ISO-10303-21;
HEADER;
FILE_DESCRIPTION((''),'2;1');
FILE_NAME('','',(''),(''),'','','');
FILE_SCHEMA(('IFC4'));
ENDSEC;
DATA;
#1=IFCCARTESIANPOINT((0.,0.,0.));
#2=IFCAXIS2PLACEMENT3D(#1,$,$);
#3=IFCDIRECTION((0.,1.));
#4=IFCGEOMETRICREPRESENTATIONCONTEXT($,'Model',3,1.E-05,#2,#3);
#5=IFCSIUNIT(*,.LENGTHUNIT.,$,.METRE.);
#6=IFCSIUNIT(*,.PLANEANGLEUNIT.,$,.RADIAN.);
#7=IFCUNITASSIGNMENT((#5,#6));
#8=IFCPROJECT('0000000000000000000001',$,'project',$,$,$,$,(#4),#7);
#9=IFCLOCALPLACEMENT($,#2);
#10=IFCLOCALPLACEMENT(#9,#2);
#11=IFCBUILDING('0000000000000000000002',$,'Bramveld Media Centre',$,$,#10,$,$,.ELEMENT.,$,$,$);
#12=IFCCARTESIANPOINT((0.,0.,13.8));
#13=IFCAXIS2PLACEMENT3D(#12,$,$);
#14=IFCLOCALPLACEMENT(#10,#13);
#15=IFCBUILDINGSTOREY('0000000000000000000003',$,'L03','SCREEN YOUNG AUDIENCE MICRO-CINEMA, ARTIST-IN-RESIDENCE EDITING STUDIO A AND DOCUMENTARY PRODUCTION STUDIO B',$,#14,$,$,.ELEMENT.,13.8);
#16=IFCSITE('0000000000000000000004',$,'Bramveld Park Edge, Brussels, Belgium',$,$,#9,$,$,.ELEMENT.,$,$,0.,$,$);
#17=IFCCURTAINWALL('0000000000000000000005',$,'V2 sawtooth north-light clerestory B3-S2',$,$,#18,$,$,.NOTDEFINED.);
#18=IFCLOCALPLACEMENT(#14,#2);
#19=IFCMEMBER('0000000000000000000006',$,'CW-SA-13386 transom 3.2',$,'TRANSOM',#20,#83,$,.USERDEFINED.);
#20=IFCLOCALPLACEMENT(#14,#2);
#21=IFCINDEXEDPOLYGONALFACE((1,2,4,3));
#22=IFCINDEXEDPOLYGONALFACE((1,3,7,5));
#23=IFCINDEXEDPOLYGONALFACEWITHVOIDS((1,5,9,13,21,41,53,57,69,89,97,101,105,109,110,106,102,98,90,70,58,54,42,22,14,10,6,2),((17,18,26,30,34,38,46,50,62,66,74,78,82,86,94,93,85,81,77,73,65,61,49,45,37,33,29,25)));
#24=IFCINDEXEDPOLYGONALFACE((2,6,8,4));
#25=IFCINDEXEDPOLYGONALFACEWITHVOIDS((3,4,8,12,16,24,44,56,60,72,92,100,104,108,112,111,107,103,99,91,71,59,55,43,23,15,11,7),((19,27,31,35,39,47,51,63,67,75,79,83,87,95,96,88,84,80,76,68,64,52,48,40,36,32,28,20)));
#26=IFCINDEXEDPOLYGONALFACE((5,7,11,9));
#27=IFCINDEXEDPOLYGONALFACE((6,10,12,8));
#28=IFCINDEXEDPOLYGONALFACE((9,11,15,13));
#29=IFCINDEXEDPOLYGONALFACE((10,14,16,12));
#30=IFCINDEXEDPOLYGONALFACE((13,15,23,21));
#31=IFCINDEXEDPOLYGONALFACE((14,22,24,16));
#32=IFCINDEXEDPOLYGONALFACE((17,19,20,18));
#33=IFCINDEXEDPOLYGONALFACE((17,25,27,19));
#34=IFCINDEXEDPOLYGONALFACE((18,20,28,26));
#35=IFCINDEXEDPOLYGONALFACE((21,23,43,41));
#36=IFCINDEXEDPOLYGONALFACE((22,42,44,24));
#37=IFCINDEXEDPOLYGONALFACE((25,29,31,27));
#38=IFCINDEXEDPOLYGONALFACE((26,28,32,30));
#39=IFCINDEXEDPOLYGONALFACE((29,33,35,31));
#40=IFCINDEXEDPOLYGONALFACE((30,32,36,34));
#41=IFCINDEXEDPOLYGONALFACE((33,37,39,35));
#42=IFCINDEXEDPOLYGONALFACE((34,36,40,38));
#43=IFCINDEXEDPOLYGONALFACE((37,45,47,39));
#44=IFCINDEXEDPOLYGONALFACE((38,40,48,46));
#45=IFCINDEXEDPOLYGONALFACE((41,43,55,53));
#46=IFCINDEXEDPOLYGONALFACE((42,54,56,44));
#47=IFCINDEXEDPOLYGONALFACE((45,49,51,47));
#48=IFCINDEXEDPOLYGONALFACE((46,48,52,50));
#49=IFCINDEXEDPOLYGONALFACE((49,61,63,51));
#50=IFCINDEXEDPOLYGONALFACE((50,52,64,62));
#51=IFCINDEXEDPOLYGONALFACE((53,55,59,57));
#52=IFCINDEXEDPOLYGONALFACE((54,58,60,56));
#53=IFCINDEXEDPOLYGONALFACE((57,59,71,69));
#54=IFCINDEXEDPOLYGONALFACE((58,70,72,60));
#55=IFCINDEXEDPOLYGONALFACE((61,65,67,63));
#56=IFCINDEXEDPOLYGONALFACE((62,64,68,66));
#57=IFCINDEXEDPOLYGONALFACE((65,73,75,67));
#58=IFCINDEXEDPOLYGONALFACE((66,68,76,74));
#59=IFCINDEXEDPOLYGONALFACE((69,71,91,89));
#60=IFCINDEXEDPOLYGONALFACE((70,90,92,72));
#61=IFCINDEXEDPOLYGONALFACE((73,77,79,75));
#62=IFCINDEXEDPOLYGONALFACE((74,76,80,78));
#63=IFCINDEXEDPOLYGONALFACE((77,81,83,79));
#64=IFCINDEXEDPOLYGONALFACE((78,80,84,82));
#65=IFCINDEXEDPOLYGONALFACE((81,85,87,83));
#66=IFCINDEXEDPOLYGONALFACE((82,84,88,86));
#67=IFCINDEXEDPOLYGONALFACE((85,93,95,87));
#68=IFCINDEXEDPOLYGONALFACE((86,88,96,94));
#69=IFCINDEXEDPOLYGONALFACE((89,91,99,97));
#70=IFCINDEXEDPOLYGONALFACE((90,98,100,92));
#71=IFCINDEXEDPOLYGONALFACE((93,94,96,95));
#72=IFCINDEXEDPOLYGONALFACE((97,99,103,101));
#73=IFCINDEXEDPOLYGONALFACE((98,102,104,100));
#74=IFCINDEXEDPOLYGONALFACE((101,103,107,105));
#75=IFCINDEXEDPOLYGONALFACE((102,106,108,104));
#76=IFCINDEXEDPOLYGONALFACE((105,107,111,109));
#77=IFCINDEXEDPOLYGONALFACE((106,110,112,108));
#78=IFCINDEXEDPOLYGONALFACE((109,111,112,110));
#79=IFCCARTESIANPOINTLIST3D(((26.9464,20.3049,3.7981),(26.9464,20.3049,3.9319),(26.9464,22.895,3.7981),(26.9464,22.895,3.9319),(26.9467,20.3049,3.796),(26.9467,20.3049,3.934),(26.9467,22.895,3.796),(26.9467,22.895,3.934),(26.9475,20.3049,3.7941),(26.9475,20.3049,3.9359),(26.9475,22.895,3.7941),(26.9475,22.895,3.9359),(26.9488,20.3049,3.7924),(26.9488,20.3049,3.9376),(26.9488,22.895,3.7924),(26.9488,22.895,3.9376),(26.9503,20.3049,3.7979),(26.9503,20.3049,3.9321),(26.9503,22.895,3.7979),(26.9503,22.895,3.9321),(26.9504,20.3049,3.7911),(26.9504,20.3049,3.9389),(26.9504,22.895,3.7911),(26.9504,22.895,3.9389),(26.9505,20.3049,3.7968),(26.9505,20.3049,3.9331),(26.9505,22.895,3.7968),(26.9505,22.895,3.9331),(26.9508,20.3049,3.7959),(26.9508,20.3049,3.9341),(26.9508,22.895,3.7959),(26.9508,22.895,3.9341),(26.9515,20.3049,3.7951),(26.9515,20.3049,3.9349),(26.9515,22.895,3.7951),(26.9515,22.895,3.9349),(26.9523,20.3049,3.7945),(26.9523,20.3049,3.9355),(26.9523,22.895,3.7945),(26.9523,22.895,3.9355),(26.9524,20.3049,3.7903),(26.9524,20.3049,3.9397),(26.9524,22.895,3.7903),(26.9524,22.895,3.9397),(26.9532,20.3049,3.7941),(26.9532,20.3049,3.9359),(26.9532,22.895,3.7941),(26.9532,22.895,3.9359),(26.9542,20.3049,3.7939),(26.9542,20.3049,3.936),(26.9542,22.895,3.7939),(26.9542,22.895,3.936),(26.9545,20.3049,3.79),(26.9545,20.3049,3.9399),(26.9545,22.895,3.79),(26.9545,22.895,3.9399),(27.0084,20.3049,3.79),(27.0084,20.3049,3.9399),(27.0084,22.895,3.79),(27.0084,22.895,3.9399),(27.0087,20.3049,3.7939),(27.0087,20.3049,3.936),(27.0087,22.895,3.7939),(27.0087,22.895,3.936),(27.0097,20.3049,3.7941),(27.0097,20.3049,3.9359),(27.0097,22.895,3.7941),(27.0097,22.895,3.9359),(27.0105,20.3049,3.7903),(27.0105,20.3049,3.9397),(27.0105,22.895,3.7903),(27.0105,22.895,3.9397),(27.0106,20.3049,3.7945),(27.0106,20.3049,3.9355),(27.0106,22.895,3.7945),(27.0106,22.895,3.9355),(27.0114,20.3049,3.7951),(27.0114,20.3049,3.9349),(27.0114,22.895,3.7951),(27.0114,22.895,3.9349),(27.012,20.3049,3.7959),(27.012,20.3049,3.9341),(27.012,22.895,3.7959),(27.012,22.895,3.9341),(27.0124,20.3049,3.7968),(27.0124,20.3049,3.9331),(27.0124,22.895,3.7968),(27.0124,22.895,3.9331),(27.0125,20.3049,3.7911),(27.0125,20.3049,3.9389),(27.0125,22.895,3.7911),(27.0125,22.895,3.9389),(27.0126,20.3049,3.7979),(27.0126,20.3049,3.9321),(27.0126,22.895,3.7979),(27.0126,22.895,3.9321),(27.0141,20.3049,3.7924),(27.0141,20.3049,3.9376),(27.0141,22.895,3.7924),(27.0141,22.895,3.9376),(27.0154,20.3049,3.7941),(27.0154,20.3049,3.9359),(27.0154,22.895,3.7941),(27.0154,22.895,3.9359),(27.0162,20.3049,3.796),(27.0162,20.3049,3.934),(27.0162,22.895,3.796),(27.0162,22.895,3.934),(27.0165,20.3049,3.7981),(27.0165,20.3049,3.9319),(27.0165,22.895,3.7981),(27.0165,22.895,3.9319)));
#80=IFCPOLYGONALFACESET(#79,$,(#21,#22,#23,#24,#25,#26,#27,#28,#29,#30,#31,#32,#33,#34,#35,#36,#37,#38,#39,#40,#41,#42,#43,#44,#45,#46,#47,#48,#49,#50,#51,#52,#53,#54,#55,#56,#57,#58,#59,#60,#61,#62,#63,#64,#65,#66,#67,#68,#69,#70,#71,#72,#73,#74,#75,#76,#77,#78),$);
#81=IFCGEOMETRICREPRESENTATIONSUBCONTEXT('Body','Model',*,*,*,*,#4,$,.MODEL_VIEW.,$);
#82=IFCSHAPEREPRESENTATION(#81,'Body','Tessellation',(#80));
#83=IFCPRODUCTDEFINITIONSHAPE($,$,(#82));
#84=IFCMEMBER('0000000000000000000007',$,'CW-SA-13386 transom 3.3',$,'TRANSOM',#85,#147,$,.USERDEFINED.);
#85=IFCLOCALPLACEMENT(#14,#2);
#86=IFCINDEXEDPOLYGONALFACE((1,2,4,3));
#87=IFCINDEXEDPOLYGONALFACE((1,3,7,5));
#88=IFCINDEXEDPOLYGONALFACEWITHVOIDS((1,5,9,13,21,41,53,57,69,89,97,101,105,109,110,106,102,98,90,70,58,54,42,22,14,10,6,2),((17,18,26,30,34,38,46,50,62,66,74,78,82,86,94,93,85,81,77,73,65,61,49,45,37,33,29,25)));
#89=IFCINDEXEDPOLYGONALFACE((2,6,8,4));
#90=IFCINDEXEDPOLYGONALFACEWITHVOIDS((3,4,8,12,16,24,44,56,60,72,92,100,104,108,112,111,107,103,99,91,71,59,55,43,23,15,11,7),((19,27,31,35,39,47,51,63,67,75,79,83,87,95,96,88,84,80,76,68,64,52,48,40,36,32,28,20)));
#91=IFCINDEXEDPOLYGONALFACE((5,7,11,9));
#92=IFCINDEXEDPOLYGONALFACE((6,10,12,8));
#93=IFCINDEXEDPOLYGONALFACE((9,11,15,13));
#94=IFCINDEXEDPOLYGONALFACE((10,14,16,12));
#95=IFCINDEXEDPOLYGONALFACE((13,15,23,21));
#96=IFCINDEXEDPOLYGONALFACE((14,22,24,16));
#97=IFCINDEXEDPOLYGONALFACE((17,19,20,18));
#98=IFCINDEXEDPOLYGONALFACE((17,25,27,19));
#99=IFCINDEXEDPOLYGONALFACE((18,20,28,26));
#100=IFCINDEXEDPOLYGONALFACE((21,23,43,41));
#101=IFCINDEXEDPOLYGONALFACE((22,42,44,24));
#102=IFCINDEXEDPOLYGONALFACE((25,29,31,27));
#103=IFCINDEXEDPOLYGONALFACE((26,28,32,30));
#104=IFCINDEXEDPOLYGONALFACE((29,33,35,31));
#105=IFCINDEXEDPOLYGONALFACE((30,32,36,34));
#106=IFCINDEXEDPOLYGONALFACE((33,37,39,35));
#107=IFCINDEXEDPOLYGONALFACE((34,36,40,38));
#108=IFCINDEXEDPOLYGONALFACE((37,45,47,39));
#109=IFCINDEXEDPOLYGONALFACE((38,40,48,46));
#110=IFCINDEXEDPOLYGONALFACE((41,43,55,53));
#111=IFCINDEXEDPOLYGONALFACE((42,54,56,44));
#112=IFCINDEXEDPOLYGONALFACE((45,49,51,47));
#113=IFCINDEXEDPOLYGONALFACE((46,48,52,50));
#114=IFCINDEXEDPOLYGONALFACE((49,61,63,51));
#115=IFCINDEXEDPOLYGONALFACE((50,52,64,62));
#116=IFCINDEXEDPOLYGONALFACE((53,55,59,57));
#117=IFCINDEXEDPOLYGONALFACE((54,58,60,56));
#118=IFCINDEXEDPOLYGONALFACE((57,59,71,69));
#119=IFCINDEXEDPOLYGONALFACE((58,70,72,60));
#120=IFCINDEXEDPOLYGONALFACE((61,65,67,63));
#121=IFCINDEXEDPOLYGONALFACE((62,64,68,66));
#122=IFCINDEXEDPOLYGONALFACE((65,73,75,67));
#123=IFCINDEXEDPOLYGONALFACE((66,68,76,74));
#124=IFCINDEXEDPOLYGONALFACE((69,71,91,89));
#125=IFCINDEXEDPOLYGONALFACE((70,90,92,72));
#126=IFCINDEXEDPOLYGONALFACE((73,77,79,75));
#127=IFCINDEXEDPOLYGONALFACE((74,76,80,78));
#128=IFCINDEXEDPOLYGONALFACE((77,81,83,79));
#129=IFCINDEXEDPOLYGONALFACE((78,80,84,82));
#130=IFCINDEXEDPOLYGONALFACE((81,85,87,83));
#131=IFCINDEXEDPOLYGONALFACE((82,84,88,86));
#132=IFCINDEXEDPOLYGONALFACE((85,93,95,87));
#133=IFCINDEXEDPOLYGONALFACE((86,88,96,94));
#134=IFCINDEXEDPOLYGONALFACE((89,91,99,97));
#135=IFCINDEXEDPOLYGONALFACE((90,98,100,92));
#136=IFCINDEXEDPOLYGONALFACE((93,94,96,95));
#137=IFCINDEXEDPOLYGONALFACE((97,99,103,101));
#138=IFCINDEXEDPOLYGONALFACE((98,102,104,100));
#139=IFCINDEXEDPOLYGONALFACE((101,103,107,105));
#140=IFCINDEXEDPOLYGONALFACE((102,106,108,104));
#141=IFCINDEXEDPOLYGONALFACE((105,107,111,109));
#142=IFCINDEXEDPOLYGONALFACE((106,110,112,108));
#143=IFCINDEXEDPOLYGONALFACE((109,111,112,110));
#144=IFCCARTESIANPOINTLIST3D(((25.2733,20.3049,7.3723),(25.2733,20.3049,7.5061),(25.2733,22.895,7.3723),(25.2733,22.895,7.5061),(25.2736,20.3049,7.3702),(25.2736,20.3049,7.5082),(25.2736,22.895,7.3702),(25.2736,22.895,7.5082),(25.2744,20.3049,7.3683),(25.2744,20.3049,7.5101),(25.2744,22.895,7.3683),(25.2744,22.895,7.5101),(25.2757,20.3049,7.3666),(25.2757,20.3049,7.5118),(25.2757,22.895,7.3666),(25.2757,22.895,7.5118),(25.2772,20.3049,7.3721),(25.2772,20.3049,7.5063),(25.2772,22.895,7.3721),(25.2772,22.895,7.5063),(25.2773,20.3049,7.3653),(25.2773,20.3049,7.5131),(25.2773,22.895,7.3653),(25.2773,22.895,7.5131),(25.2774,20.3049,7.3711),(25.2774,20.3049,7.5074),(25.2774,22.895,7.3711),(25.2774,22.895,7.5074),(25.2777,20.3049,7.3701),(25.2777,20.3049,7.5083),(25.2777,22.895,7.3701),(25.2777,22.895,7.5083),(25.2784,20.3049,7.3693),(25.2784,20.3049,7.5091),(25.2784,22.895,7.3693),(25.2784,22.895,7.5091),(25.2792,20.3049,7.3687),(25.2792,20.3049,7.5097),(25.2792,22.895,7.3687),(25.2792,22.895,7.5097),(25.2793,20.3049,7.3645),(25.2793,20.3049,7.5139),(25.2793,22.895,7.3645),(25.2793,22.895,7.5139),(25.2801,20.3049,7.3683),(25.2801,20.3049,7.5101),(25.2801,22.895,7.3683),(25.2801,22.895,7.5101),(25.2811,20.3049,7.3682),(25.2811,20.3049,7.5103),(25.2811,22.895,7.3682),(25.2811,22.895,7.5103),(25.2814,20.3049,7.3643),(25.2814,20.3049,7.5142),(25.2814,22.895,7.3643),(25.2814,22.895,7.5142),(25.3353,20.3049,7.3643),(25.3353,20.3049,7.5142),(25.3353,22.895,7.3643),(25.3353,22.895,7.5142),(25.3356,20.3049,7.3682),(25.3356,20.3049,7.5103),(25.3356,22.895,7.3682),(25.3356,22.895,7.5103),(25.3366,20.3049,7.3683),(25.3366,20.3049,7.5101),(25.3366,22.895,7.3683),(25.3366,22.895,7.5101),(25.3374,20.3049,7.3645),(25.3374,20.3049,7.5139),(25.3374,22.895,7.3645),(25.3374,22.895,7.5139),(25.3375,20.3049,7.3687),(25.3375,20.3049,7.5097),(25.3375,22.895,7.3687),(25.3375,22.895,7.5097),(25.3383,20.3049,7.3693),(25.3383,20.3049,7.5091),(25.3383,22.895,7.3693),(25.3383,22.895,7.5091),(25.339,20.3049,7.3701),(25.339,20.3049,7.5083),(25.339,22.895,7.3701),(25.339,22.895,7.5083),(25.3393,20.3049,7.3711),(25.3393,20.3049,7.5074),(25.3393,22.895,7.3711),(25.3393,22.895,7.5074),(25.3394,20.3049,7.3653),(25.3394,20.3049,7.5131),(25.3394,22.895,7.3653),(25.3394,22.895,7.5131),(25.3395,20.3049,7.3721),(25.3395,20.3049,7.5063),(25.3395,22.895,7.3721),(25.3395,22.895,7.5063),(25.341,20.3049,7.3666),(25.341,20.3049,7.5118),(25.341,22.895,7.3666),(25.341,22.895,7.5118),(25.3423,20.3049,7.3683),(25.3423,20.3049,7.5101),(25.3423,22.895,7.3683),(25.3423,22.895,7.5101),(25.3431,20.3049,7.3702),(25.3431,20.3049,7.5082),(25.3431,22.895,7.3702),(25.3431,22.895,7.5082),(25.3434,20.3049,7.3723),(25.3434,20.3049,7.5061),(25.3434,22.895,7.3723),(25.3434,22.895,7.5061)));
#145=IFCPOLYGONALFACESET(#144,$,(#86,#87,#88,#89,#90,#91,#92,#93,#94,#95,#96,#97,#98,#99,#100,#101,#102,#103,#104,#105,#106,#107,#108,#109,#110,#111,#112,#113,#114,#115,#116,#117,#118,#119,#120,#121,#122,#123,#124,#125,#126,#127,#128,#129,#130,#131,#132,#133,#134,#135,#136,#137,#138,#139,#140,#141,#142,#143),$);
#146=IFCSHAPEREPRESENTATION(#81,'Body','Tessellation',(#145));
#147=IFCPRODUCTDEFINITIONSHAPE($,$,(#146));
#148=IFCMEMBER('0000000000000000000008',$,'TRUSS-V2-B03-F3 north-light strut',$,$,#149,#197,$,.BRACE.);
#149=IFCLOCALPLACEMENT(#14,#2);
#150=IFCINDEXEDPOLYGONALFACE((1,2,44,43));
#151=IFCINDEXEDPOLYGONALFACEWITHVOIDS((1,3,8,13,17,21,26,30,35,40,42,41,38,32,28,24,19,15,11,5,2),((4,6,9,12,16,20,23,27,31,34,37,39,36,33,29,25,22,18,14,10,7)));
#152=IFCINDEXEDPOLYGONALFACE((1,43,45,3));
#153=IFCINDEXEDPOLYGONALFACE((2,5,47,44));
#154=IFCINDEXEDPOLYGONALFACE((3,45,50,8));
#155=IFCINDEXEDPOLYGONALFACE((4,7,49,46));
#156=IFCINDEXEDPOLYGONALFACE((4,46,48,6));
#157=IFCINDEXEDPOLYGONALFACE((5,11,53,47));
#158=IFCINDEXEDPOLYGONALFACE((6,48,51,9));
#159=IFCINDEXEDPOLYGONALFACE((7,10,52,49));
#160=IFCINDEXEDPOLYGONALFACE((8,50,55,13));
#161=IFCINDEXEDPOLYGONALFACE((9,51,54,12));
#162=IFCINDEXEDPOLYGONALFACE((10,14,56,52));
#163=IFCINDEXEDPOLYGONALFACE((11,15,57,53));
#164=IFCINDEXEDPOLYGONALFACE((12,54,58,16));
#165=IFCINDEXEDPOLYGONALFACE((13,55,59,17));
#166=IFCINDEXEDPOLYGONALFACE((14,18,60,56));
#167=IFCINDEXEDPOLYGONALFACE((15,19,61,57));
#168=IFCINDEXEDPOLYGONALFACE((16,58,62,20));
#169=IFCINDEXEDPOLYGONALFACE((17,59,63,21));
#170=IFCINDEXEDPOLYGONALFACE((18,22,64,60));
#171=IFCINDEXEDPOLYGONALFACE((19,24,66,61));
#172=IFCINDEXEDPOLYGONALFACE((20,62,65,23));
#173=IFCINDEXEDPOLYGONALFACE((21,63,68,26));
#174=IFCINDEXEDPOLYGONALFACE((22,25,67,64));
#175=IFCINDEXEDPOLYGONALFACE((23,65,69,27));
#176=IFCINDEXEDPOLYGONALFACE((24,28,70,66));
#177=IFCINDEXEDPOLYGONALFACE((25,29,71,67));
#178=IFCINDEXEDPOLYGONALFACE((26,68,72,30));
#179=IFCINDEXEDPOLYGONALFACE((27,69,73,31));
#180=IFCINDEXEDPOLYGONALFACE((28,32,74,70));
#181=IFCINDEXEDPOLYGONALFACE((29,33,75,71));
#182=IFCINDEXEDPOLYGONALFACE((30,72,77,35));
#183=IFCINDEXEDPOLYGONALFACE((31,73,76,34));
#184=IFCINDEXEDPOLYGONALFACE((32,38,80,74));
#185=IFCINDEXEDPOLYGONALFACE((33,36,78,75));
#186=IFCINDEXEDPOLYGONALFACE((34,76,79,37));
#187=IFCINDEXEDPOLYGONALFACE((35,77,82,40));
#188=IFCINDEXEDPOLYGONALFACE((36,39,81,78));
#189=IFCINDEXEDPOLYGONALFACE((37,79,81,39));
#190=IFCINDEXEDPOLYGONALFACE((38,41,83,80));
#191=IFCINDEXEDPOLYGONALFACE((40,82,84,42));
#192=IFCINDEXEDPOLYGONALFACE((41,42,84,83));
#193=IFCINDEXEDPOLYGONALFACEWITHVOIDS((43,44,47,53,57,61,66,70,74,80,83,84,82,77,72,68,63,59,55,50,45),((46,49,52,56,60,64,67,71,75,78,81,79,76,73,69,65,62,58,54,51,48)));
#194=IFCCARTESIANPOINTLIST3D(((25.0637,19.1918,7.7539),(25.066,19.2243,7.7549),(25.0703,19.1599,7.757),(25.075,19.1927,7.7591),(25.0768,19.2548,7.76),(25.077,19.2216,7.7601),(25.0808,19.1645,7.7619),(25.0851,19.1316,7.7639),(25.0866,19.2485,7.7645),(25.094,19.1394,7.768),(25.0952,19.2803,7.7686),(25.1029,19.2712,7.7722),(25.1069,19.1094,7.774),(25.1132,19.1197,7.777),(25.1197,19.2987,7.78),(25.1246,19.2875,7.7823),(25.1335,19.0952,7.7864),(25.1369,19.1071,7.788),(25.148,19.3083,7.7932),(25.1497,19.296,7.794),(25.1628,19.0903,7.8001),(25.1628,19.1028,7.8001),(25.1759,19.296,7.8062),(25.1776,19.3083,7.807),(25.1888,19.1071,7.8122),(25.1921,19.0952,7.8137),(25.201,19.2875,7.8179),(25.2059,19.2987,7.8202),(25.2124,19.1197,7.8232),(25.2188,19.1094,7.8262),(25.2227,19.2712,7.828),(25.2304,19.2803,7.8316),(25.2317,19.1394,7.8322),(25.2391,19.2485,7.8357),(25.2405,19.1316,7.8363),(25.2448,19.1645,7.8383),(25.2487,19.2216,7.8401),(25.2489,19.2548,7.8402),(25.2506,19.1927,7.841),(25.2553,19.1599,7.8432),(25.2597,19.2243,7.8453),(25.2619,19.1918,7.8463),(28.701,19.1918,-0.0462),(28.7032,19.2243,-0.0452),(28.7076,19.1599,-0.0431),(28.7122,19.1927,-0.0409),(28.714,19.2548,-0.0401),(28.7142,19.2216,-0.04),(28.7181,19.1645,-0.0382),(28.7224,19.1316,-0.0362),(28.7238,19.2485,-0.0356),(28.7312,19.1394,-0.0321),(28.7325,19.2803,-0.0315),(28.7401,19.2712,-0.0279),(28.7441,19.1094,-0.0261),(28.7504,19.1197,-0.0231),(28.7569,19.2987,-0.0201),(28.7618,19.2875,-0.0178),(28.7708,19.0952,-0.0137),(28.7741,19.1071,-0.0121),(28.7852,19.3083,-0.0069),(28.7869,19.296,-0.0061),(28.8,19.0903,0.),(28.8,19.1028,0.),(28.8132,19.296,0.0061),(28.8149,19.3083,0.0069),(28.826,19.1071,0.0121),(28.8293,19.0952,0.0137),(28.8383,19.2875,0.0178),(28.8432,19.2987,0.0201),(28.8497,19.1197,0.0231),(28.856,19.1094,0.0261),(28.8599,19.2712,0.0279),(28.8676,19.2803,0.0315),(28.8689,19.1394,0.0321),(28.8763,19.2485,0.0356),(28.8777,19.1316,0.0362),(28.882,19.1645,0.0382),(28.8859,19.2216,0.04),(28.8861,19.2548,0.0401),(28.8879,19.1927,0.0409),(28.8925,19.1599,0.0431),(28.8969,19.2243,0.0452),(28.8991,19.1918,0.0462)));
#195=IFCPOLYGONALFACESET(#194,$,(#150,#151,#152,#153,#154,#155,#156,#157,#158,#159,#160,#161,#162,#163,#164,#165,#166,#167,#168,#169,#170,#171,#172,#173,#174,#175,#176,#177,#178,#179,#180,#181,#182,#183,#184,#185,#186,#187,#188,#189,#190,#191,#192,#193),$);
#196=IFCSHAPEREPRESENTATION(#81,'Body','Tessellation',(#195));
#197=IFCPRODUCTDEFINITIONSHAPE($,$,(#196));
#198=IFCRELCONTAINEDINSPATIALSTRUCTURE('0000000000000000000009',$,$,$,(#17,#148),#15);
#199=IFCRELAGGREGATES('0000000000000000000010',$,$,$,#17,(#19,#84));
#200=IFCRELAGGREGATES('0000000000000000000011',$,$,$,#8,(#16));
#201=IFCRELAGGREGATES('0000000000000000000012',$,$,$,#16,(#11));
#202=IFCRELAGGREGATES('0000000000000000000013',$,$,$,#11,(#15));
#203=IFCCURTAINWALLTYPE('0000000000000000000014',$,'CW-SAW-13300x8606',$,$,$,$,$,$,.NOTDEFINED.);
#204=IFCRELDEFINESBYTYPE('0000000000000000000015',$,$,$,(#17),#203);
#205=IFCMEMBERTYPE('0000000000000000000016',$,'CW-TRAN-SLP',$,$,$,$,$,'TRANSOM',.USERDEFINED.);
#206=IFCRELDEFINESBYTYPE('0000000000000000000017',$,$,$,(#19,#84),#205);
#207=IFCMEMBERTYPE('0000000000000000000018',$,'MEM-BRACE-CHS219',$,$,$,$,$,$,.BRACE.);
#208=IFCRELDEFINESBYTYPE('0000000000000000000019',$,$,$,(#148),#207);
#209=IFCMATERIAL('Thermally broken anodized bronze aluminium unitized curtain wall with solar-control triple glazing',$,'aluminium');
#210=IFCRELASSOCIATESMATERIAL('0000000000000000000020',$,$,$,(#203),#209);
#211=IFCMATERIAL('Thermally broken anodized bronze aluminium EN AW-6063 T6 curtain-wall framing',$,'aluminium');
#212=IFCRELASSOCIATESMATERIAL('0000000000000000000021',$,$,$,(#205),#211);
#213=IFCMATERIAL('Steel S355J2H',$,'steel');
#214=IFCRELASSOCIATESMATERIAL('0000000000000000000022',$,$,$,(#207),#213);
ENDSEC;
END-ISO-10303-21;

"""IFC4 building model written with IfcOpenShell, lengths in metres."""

from ifc_helpers import new_model, si_unit, direction, frame, origin, origin_2d, place, context, subcontext, project, spatial, hollow_rectangle, hollow_circle, extrude, material, material_profile, profile_set, type_object, element, aggregate, save


model = new_model("IFC4")

# Units and contexts
model_context = context("Model", 3, precision=1e-05, world=origin(), true_north=direction((0.0, 1.0)))
body_context = subcontext(model_context, "Body", "Model", "MODEL_VIEW")
ifc_project = project(units=[si_unit("LENGTHUNIT", "METRE"), si_unit("PLANEANGLEUNIT", "RADIAN")], contexts=[model_context])

# Site, building, storey
site_placement = place(None, origin())
site = spatial("IfcSite", under=ifc_project, at=site_placement, Name="Bramveld Park Edge, Brussels, Belgium", CompositionType="ELEMENT", RefElevation=0.0)
building_placement = place(site_placement, origin())
building = spatial("IfcBuilding", under=site, at=building_placement, Name="Bramveld Media Centre", CompositionType="ELEMENT")
storey_placement = place(building_placement, frame((0.0, 0.0, 13.8)))
storey = spatial("IfcBuildingStorey", under=building, at=storey_placement, Name="L03", Description="SCREEN YOUNG AUDIENCE MICRO-CINEMA, ARTIST-IN-RESIDENCE EDITING STUDIO A AND DOCUMENTARY PRODUCTION STUDIO B", CompositionType="ELEMENT", Elevation=13.8)

# Curtain wall, members
ifc_material_1 = material(Name="Thermally broken anodized bronze aluminium unitized curtain wall with solar-control triple glazing", Category="aluminium")
curtain_wall_type = type_object("IfcCurtainWallType", Name="CW-SAW-13300x8606", PredefinedType="NOTDEFINED", material=ifc_material_1)
curtain_wall_placement = place(storey_placement, origin())
curtain_wall = element("IfcCurtainWall", 1, at=curtain_wall_placement, inside=storey, type_object=curtain_wall_type, Name="V2 sawtooth north-light clerestory B3-S2", PredefinedType="NOTDEFINED")
ifc_material_2 = material(Name="Thermally broken anodized bronze aluminium EN AW-6063 T6 curtain-wall framing", Category="aluminium")
ifc_material_profile_1 = material_profile(ifc_material_2, hollow_rectangle(XDim=0.0701, YDim=0.1499, WallThickness=0.0039, InnerFilletRadius=0.0039, OuterFilletRadius=0.0081, at=origin_2d()), Name="AL-TRAN 70x150")
ifc_profile_set_1 = profile_set([ifc_material_profile_1], Name="Thermally broken anodized bronze aluminium EN AW-6063 T6 curtain-wall framing")
member_type_1 = type_object("IfcMemberType", Name="CW-TRAN-SLP", ElementType="TRANSOM", PredefinedType="USERDEFINED", material=ifc_profile_set_1)
member_1_placement = place(storey_placement, frame((26.9814, 20.3049, 3.865), z_axis=(0.0, 1.0, 0.0), x_axis=(-1.0, 0.0, 0.0)))
member_1 = element("IfcMember", 2, at=member_1_placement, type_object=member_type_1, Name="CW-SA-13386 transom 3.2", ObjectType="TRANSOM", PredefinedType="USERDEFINED", context=body_context, shape_type="SweptSolid", body=[
    extrude(hollow_rectangle(XDim=0.0701, YDim=0.1499, WallThickness=0.0039, InnerFilletRadius=0.0039, OuterFilletRadius=0.0081, at=origin_2d()), origin(), (0.0, 0.0, 1.0), 2.5901),
])
member_2_placement = place(storey_placement, frame((25.3083, 20.3049, 7.4392), z_axis=(0.0, 1.0, 0.0), x_axis=(-1.0, 0.0, 0.0)))
member_2 = element("IfcMember", 3, at=member_2_placement, type_object=member_type_1, Name="CW-SA-13386 transom 3.3", ObjectType="TRANSOM", PredefinedType="USERDEFINED", context=body_context, shape_type="SweptSolid", body=[
    extrude(hollow_rectangle(XDim=0.0701, YDim=0.1499, WallThickness=0.0039, InnerFilletRadius=0.0039, OuterFilletRadius=0.0081, at=origin_2d()), origin(), (0.0, 0.0, 1.0), 2.5901),
])

# Member
ifc_material_3 = material(Name="Steel S355J2H", Category="steel")
ifc_material_profile_2 = material_profile(ifc_material_3, hollow_circle(Radius=0.1096, WallThickness=0.0125, at=origin_2d()), Name="CHS 219.1x12.5")
ifc_profile_set_2 = profile_set([ifc_material_profile_2], Name="Steel S355J2H")
member_type_2 = type_object("IfcMemberType", Name="MEM-BRACE-CHS219", PredefinedType="BRACE", material=ifc_profile_set_2)
member_3_placement = place(storey_placement, frame((28.8, 19.2, 0.0), z_axis=(-0.422617, 0.0, 0.906308), x_axis=(0.0, -1.0, 0.0)))
element("IfcMember", 4, at=member_3_placement, inside=storey, type_object=member_type_2, Name="TRUSS-V2-B03-F3 north-light strut", PredefinedType="BRACE", context=body_context, shape_type="SweptSolid", body=[
    extrude(hollow_circle(Radius=0.1096, WallThickness=0.0125, at=origin_2d()), origin(), (0.0, 0.0, 1.0), 8.6064),
])

aggregate(curtain_wall, [member_1, member_2])

save(model, "model.ifc")
